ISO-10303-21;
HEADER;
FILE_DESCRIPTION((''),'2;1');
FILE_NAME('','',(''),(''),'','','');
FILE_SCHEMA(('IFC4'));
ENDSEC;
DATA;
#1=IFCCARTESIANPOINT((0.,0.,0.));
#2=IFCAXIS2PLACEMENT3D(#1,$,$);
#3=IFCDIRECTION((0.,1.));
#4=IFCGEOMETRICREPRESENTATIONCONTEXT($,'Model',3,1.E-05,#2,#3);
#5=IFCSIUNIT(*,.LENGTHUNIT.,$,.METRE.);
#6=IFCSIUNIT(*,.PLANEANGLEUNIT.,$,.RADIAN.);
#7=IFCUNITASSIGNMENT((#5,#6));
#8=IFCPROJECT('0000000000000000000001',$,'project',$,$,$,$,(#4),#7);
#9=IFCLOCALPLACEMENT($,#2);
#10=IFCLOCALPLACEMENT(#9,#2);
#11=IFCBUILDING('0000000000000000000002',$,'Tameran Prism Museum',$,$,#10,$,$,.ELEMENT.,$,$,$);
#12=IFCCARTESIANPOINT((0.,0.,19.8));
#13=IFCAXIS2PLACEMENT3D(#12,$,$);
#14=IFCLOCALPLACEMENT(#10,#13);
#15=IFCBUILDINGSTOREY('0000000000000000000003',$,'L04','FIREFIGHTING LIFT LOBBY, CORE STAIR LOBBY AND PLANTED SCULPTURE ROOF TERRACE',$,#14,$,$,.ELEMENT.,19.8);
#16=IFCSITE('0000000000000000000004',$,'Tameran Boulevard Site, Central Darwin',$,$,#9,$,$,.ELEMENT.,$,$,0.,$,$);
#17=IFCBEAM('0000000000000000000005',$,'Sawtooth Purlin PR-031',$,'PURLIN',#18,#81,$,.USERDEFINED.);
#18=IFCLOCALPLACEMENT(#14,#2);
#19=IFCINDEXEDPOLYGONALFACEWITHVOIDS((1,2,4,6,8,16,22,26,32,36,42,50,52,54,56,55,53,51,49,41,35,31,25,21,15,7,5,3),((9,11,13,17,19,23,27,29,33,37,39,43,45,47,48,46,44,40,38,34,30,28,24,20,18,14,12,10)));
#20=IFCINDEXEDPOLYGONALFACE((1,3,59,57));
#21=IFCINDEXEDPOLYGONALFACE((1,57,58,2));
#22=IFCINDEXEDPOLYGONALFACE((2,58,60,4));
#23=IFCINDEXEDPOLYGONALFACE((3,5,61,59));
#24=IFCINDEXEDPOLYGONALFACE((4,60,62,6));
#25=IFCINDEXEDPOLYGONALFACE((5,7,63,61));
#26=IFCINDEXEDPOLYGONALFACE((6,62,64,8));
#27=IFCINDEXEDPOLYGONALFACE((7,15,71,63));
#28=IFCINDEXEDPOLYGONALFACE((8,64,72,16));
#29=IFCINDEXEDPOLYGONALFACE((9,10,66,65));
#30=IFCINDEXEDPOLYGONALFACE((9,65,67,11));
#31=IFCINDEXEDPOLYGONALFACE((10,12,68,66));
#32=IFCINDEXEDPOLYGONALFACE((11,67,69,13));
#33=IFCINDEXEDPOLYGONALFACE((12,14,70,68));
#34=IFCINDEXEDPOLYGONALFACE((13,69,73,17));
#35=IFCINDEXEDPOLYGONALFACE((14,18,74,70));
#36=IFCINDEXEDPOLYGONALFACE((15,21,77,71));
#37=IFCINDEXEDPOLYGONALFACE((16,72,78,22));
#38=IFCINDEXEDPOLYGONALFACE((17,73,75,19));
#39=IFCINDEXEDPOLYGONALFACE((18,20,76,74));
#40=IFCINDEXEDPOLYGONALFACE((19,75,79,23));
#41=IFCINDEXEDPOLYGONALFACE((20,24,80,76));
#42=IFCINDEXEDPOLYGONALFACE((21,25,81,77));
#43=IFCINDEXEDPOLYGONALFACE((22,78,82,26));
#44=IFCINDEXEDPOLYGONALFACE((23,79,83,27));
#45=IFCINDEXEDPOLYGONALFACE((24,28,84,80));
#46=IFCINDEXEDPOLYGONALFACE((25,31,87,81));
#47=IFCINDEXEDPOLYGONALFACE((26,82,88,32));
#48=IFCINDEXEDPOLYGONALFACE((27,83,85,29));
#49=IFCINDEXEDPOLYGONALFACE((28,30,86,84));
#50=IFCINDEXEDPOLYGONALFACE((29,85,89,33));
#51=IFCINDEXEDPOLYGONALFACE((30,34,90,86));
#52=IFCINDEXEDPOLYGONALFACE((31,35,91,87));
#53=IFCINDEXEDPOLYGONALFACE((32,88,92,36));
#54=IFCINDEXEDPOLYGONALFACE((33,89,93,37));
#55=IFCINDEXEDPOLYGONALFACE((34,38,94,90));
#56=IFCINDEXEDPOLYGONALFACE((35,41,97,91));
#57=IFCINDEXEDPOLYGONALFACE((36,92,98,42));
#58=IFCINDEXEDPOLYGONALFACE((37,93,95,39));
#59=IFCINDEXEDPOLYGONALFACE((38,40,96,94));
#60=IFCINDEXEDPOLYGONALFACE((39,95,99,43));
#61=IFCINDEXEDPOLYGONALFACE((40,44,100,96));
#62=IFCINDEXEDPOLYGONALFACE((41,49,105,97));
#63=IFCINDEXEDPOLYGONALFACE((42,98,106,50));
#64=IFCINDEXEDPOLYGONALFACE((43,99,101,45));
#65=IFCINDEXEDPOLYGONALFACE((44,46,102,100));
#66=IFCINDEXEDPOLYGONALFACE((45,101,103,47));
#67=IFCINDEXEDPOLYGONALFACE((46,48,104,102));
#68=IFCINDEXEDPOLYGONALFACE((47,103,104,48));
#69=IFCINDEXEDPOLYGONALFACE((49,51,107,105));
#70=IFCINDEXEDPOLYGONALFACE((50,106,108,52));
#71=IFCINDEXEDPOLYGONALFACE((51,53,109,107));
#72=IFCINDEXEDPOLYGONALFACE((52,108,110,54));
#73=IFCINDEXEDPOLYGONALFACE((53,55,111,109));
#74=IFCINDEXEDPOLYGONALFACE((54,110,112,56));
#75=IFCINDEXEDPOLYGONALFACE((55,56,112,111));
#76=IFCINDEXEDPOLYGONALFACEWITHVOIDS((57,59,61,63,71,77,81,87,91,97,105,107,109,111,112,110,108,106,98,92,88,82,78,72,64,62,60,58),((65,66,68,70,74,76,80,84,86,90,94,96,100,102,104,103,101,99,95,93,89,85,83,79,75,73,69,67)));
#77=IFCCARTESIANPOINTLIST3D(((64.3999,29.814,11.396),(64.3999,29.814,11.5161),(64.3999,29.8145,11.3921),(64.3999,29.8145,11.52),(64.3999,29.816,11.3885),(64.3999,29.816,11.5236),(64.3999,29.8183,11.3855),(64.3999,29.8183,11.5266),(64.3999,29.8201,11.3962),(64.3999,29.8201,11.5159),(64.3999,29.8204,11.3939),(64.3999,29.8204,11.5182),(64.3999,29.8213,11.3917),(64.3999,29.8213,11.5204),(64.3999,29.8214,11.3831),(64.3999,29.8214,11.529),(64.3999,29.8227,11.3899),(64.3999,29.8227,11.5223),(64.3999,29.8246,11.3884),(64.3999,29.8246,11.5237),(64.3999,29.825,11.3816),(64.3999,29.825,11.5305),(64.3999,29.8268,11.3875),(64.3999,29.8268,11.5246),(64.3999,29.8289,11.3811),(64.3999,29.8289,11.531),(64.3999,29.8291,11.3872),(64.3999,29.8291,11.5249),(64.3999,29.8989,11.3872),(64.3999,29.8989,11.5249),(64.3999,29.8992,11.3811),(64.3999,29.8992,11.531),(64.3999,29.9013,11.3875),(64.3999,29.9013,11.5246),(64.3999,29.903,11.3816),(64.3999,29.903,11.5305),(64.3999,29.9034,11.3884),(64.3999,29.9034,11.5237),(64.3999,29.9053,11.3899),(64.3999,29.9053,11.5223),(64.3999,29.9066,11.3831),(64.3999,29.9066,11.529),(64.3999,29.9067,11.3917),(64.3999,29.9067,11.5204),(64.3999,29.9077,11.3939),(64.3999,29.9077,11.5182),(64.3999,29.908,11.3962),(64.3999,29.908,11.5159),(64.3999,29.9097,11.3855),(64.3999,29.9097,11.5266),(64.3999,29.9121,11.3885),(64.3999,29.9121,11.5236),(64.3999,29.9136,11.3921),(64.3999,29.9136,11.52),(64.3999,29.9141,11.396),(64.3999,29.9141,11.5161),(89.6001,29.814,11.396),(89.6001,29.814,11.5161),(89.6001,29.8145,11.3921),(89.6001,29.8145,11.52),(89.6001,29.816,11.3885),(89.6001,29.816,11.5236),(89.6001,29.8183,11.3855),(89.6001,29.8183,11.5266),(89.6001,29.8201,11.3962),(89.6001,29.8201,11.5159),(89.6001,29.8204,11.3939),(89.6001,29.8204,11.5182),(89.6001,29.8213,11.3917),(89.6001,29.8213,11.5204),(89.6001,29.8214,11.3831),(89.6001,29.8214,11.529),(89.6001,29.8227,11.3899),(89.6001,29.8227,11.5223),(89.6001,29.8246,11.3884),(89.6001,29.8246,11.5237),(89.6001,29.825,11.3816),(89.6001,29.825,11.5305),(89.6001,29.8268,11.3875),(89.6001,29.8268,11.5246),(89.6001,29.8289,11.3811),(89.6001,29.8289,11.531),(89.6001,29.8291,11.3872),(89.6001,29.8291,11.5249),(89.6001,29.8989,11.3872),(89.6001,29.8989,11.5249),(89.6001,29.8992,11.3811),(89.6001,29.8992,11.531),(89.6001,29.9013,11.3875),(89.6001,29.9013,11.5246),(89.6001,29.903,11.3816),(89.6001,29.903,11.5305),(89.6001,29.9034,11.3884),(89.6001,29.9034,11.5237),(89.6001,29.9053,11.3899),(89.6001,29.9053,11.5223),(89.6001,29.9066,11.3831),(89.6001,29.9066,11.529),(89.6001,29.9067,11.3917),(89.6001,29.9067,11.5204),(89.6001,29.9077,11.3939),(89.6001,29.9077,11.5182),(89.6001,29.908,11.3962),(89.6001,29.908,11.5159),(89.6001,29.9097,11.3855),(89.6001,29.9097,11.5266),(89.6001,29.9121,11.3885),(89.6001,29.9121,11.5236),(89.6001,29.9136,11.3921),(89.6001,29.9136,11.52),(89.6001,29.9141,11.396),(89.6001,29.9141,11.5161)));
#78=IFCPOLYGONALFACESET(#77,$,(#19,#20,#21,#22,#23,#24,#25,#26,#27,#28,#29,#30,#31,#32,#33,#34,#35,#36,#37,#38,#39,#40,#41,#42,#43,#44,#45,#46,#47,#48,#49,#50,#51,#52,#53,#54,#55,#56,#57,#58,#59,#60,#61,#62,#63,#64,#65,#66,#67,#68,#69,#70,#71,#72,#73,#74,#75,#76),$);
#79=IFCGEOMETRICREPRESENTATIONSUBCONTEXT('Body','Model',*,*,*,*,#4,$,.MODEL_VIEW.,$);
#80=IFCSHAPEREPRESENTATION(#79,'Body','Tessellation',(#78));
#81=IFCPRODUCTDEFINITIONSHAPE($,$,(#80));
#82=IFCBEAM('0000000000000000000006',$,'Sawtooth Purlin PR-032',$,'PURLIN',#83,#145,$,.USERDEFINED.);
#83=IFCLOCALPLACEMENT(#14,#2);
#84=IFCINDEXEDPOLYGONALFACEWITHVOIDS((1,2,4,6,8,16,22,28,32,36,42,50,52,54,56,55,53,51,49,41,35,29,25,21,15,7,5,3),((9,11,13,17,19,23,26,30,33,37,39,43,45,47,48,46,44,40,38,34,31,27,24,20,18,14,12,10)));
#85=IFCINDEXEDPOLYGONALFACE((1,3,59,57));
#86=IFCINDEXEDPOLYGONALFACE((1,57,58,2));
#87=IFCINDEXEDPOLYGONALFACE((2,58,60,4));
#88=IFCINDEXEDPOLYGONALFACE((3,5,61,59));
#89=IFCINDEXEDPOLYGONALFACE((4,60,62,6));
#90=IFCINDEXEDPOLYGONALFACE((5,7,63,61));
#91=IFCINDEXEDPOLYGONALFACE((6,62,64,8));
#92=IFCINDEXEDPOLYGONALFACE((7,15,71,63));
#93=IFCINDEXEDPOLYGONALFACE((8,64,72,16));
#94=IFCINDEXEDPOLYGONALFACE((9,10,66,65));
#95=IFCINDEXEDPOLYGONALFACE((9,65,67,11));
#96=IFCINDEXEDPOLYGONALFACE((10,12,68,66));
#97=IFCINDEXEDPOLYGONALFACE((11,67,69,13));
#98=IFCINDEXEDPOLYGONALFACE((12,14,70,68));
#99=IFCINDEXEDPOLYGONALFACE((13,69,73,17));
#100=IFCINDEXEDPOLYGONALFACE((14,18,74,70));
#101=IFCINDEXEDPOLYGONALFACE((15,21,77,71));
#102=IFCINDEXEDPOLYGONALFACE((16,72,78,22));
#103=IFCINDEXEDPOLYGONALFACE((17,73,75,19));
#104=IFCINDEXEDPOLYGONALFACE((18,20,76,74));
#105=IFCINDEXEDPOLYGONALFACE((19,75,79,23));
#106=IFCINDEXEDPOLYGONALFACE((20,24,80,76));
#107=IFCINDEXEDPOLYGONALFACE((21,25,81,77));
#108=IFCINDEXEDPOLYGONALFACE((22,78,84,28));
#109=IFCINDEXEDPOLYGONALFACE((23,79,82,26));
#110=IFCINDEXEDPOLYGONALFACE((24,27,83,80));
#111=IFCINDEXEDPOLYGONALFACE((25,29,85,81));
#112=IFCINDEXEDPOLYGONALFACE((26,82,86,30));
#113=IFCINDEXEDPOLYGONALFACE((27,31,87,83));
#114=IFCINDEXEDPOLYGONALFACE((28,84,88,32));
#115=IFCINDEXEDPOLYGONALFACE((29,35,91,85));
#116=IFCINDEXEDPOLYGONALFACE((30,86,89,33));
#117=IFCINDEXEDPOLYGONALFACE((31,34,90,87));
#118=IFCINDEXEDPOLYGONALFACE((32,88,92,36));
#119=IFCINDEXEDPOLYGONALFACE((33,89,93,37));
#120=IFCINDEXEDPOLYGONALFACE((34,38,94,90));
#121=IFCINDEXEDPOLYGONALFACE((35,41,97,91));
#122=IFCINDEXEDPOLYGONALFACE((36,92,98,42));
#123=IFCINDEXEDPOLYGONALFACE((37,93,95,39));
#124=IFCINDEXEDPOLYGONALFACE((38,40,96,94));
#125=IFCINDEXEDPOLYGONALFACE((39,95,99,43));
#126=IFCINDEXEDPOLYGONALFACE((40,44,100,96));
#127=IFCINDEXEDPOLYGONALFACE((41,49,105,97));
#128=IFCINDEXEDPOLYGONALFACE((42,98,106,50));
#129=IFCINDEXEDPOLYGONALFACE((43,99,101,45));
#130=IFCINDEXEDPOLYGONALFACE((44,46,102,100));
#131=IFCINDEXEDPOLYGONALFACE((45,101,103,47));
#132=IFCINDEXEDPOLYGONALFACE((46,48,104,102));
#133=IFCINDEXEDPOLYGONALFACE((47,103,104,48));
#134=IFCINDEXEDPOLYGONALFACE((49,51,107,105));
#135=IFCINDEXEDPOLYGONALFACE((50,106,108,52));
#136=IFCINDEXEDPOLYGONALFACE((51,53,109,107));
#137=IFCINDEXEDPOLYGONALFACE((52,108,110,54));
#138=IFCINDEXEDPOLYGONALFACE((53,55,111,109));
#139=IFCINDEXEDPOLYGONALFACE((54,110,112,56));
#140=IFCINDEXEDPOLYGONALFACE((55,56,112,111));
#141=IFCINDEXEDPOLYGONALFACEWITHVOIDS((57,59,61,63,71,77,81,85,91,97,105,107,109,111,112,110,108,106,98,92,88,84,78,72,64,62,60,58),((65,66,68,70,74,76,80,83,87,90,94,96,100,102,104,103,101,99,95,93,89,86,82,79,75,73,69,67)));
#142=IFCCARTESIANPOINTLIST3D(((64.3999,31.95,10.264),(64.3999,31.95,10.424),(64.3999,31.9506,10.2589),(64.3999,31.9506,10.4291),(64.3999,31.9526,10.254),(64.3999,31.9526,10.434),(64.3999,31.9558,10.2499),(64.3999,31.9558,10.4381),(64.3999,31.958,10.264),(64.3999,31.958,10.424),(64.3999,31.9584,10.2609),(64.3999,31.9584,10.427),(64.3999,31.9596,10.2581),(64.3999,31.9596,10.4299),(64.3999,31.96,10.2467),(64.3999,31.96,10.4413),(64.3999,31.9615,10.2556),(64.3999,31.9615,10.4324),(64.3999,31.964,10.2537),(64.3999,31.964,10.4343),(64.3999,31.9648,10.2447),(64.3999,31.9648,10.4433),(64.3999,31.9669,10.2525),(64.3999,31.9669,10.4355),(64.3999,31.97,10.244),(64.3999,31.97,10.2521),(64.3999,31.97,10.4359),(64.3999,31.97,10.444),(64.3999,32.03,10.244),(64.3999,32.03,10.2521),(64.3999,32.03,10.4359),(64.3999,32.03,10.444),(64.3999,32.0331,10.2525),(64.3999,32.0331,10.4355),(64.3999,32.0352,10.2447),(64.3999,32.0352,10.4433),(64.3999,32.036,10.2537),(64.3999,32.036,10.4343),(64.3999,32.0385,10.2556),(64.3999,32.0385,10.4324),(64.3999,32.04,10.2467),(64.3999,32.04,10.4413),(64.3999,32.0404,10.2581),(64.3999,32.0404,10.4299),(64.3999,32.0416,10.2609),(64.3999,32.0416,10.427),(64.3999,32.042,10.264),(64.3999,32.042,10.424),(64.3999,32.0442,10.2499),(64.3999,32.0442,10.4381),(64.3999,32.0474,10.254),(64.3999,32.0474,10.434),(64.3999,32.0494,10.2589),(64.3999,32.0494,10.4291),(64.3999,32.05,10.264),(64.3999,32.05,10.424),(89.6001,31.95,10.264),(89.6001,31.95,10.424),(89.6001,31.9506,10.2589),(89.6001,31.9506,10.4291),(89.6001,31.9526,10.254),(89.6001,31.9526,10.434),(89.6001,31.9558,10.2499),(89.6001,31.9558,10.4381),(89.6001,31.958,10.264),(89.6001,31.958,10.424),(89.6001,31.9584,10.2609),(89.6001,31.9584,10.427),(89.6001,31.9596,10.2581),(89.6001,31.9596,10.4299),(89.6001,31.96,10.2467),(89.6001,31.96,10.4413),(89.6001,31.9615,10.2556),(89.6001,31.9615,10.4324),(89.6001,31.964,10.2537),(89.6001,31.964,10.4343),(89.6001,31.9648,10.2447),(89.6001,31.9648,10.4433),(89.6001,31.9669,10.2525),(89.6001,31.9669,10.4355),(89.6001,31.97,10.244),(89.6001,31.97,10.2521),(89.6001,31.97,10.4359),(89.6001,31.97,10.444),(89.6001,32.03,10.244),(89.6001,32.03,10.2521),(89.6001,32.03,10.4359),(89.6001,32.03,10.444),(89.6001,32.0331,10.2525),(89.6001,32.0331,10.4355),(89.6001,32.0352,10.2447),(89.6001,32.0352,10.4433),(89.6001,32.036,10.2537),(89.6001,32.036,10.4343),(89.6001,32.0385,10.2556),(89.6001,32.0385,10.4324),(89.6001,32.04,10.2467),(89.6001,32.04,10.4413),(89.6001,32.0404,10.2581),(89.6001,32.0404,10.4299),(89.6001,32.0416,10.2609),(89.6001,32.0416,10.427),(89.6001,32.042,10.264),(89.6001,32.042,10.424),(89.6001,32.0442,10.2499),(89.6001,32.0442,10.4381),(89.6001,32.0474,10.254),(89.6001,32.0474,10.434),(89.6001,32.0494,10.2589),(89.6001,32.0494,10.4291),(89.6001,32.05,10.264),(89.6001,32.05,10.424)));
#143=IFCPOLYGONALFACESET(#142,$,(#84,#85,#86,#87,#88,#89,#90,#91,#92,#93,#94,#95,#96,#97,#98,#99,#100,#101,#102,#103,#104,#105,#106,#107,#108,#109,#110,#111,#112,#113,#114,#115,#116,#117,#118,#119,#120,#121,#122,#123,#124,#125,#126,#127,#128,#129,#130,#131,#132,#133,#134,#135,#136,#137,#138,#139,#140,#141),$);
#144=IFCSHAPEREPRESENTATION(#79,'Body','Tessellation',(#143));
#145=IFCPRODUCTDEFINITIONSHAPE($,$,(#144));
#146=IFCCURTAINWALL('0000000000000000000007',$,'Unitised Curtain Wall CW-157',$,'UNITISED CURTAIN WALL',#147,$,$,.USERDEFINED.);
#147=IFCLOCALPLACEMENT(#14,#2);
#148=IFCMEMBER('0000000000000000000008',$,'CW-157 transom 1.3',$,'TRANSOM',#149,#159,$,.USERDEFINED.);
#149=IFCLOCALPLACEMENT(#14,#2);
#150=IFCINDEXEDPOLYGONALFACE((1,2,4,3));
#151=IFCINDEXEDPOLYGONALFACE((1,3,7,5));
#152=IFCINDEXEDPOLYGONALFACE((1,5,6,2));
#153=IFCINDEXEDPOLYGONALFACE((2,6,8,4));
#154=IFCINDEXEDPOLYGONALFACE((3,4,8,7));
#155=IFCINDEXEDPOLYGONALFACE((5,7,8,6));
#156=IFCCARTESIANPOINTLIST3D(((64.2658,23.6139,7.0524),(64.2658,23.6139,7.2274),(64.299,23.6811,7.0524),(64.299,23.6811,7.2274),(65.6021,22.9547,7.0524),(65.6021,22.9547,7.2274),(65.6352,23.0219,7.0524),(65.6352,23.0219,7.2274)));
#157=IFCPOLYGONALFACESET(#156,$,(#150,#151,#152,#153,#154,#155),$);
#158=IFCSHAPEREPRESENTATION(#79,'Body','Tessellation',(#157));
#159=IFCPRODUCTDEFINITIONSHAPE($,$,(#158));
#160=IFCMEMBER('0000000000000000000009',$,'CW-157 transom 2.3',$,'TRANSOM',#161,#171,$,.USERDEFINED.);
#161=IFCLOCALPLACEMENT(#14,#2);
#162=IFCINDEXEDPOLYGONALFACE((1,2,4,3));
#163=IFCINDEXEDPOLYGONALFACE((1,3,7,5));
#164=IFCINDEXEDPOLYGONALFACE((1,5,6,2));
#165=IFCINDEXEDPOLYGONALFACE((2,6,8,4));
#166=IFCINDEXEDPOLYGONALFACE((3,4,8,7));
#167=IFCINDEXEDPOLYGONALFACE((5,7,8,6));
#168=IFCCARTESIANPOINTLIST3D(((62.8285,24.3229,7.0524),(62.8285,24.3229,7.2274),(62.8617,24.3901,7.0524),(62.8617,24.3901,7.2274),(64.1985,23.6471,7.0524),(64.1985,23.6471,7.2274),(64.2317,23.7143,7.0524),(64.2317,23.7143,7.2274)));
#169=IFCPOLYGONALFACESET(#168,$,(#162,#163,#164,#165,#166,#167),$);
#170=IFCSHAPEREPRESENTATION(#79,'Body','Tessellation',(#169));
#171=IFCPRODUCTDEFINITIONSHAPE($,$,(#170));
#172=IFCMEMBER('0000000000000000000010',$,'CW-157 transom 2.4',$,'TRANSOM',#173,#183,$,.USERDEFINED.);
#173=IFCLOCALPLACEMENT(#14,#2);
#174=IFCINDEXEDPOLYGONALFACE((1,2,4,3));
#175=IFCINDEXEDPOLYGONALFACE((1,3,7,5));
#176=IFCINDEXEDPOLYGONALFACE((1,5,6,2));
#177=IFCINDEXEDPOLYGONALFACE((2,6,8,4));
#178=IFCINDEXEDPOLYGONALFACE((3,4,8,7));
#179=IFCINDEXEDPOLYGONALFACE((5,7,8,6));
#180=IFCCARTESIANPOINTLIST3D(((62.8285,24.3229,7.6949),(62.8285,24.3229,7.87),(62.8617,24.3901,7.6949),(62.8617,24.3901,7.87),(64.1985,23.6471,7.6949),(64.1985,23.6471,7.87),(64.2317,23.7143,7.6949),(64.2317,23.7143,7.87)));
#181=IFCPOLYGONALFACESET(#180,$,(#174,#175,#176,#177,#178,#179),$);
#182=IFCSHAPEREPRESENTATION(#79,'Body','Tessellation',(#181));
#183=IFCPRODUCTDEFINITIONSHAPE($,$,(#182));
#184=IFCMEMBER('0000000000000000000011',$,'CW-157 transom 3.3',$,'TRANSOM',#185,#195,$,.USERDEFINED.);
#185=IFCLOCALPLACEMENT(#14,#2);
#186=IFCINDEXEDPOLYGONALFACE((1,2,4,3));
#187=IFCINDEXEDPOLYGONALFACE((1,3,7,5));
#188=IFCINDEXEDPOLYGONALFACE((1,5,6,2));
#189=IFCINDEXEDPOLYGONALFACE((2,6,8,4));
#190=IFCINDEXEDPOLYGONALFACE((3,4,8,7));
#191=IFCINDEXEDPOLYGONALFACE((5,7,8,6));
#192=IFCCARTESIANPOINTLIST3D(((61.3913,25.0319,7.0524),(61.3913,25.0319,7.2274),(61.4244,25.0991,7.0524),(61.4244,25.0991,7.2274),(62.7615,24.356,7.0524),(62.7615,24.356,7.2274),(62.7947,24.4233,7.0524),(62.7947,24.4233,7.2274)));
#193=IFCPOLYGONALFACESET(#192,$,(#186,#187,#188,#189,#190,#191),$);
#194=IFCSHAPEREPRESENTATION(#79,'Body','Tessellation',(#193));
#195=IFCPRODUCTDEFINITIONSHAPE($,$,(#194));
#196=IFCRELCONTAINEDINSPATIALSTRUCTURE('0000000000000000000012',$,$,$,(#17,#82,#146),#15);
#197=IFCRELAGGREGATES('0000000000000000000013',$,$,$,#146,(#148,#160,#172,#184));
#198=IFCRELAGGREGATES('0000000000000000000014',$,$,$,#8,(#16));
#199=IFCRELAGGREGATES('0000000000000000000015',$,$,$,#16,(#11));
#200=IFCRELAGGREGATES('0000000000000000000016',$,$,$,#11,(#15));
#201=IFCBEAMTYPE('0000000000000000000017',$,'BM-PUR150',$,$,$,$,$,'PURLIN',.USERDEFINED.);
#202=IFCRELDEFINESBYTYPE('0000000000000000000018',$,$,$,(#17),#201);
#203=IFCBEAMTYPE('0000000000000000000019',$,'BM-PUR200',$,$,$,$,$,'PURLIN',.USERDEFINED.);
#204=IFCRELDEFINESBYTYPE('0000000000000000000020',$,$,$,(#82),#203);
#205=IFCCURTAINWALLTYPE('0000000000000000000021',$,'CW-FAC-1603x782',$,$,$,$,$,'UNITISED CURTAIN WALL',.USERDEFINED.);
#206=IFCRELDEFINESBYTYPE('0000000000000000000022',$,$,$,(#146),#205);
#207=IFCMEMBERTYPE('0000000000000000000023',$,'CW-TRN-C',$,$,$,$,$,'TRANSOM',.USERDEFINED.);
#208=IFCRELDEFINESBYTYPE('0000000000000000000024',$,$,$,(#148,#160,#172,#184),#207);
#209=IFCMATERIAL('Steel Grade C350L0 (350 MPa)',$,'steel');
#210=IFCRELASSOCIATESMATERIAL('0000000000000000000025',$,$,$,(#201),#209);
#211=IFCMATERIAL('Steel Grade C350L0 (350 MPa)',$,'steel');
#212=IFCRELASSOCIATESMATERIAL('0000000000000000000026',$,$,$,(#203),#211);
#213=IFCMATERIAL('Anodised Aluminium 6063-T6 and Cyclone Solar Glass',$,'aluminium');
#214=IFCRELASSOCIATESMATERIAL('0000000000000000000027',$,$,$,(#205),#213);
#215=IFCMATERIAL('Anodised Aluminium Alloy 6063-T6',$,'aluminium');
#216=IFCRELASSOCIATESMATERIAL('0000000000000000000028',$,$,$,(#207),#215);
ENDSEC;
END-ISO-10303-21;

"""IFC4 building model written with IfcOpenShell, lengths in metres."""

from ifc_helpers import new_model, si_unit, direction, frame, origin, origin_2d, place, context, subcontext, project, spatial, rectangle, hollow_rectangle, extrude, material, material_profile, profile_set, type_object, element, aggregate, save


model = new_model("IFC4")

# Units and contexts
model_context = context("Model", 3, precision=1e-05, world=origin(), true_north=direction((0.0, 1.0)))
body_context = subcontext(model_context, "Body", "Model", "MODEL_VIEW")
ifc_project = project(units=[si_unit("LENGTHUNIT", "METRE"), si_unit("PLANEANGLEUNIT", "RADIAN")], contexts=[model_context])

# Site, building, storey
site_placement = place(None, origin())
site = spatial("IfcSite", under=ifc_project, at=site_placement, Name="Tameran Boulevard Site, Central Darwin", CompositionType="ELEMENT", RefElevation=0.0)
building_placement = place(site_placement, origin())
building = spatial("IfcBuilding", under=site, at=building_placement, Name="Tameran Prism Museum", CompositionType="ELEMENT")
storey_placement = place(building_placement, frame((0.0, 0.0, 19.8)))
storey = spatial("IfcBuildingStorey", under=building, at=storey_placement, Name="L04", Description="FIREFIGHTING LIFT LOBBY, CORE STAIR LOBBY AND PLANTED SCULPTURE ROOF TERRACE", CompositionType="ELEMENT", Elevation=19.8)

# Beams
ifc_material_1 = material(Name="Steel Grade C350L0 (350 MPa)", Category="steel")
ifc_material_profile_1 = material_profile(ifc_material_1, hollow_rectangle(XDim=0.1001, YDim=0.1499, WallThickness=0.0061, InnerFilletRadius=0.009, OuterFilletRadius=0.0149, at=origin_2d()))
ifc_profile_set_1 = profile_set([ifc_material_profile_1])
beam_type_1 = type_object("IfcBeamType", Name="BM-PUR150", ElementType="PURLIN", PredefinedType="USERDEFINED", material=ifc_profile_set_1)
beam_1_placement = place(storey_placement, frame((64.3999, 29.864, 11.4561), z_axis=(1.0, 0.0, 0.0), x_axis=(0.0, 1.0, 0.0)))
element("IfcBeam", 1, at=beam_1_placement, inside=storey, type_object=beam_type_1, Name="Sawtooth Purlin PR-031", ObjectType="PURLIN", PredefinedType="USERDEFINED", context=body_context, shape_type="SweptSolid", body=[
    extrude(hollow_rectangle(XDim=0.1001, YDim=0.1499, WallThickness=0.0061, InnerFilletRadius=0.009, OuterFilletRadius=0.0149, at=origin_2d()), origin(), (0.0, 0.0, 1.0), 25.2002),
])
ifc_material_2 = material(Name="Steel Grade C350L0 (350 MPa)", Category="steel")
ifc_material_profile_2 = material_profile(ifc_material_2, hollow_rectangle(XDim=0.1001, YDim=0.2, WallThickness=0.0081, InnerFilletRadius=0.012, OuterFilletRadius=0.02, at=origin_2d()))
ifc_profile_set_2 = profile_set([ifc_material_profile_2])
beam_type_2 = type_object("IfcBeamType", Name="BM-PUR200", ElementType="PURLIN", PredefinedType="USERDEFINED", material=ifc_profile_set_2)
beam_2_placement = place(storey_placement, frame((64.3999, 32.0, 10.344), z_axis=(1.0, 0.0, 0.0), x_axis=(0.0, 1.0, 0.0)))
element("IfcBeam", 2, at=beam_2_placement, inside=storey, type_object=beam_type_2, Name="Sawtooth Purlin PR-032", ObjectType="PURLIN", PredefinedType="USERDEFINED", context=body_context, shape_type="SweptSolid", body=[
    extrude(hollow_rectangle(XDim=0.1001, YDim=0.2, WallThickness=0.0081, InnerFilletRadius=0.012, OuterFilletRadius=0.02, at=origin_2d()), origin(), (0.0, 0.0, 1.0), 25.2002),
])

# Curtain wall, members
ifc_material_3 = material(Name="Anodised Aluminium 6063-T6 and Cyclone Solar Glass", Category="aluminium")
curtain_wall_type = type_object("IfcCurtainWallType", Name="CW-FAC-1603x782", ElementType="UNITISED CURTAIN WALL", PredefinedType="USERDEFINED", material=ifc_material_3)
curtain_wall_placement = place(storey_placement, origin())
curtain_wall = element("IfcCurtainWall", 3, at=curtain_wall_placement, inside=storey, type_object=curtain_wall_type, Name="Unitised Curtain Wall CW-157", ObjectType="UNITISED CURTAIN WALL", PredefinedType="USERDEFINED")
ifc_material_4 = material(Name="Anodised Aluminium Alloy 6063-T6", Category="aluminium")
ifc_material_profile_3 = material_profile(ifc_material_4, rectangle(XDim=0.075, YDim=0.175, at=origin_2d()))
ifc_profile_set_3 = profile_set([ifc_material_profile_3])
member_type_1 = type_object("IfcMemberType", Name="CW-TRN-C", ElementType="TRANSOM", PredefinedType="USERDEFINED", material=ifc_profile_set_3)
member_1_placement = place(storey_placement, frame((65.6187, 22.9883, 7.1399), z_axis=(-0.896807, 0.442422, 0.0), x_axis=(-0.442422, -0.896807, 0.0)))
member_1 = element("IfcMember", 4, at=member_1_placement, type_object=member_type_1, Name="CW-157 transom 1.3", ObjectType="TRANSOM", PredefinedType="USERDEFINED", context=body_context, shape_type="SweptSolid", body=[
    extrude(rectangle(XDim=0.075, YDim=0.175, at=origin_2d()), origin(), (0.0, 0.0, 1.0), 1.49),
])
member_2_placement = place(storey_placement, frame((64.2151, 23.6807, 7.1399), z_axis=(-0.896812, 0.442412, 0.0), x_axis=(-0.442412, -0.896812, 0.0)))
member_2 = element("IfcMember", 5, at=member_2_placement, type_object=member_type_1, Name="CW-157 transom 2.3", ObjectType="TRANSOM", PredefinedType="USERDEFINED", context=body_context, shape_type="SweptSolid", body=[
    extrude(rectangle(XDim=0.075, YDim=0.175, at=origin_2d()), origin(), (0.0, 0.0, 1.0), 1.5276),
])
member_3_placement = place(storey_placement, frame((64.2151, 23.6807, 7.7825), z_axis=(-0.896812, 0.442412, 0.0), x_axis=(-0.442412, -0.896812, 0.0)))
member_3 = element("IfcMember", 6, at=member_3_placement, type_object=member_type_1, Name="CW-157 transom 2.4", ObjectType="TRANSOM", PredefinedType="USERDEFINED", context=body_context, shape_type="SweptSolid", body=[
    extrude(rectangle(XDim=0.075, YDim=0.175, at=origin_2d()), origin(), (0.0, 0.0, 1.0), 1.5276),
])
member_4_placement = place(storey_placement, frame((62.7781, 24.3896, 7.1399), z_axis=(-0.896843, 0.442349, 0.0), x_axis=(-0.442349, -0.896843, 0.0)))
member_4 = element("IfcMember", 7, at=member_4_placement, type_object=member_type_1, Name="CW-157 transom 3.3", ObjectType="TRANSOM", PredefinedType="USERDEFINED", context=body_context, shape_type="SweptSolid", body=[
    extrude(rectangle(XDim=0.075, YDim=0.175, at=origin_2d()), origin(), (0.0, 0.0, 1.0), 1.5278),
])

aggregate(curtain_wall, [member_1, member_2, member_3, member_4])

save(model, "model.ifc")
